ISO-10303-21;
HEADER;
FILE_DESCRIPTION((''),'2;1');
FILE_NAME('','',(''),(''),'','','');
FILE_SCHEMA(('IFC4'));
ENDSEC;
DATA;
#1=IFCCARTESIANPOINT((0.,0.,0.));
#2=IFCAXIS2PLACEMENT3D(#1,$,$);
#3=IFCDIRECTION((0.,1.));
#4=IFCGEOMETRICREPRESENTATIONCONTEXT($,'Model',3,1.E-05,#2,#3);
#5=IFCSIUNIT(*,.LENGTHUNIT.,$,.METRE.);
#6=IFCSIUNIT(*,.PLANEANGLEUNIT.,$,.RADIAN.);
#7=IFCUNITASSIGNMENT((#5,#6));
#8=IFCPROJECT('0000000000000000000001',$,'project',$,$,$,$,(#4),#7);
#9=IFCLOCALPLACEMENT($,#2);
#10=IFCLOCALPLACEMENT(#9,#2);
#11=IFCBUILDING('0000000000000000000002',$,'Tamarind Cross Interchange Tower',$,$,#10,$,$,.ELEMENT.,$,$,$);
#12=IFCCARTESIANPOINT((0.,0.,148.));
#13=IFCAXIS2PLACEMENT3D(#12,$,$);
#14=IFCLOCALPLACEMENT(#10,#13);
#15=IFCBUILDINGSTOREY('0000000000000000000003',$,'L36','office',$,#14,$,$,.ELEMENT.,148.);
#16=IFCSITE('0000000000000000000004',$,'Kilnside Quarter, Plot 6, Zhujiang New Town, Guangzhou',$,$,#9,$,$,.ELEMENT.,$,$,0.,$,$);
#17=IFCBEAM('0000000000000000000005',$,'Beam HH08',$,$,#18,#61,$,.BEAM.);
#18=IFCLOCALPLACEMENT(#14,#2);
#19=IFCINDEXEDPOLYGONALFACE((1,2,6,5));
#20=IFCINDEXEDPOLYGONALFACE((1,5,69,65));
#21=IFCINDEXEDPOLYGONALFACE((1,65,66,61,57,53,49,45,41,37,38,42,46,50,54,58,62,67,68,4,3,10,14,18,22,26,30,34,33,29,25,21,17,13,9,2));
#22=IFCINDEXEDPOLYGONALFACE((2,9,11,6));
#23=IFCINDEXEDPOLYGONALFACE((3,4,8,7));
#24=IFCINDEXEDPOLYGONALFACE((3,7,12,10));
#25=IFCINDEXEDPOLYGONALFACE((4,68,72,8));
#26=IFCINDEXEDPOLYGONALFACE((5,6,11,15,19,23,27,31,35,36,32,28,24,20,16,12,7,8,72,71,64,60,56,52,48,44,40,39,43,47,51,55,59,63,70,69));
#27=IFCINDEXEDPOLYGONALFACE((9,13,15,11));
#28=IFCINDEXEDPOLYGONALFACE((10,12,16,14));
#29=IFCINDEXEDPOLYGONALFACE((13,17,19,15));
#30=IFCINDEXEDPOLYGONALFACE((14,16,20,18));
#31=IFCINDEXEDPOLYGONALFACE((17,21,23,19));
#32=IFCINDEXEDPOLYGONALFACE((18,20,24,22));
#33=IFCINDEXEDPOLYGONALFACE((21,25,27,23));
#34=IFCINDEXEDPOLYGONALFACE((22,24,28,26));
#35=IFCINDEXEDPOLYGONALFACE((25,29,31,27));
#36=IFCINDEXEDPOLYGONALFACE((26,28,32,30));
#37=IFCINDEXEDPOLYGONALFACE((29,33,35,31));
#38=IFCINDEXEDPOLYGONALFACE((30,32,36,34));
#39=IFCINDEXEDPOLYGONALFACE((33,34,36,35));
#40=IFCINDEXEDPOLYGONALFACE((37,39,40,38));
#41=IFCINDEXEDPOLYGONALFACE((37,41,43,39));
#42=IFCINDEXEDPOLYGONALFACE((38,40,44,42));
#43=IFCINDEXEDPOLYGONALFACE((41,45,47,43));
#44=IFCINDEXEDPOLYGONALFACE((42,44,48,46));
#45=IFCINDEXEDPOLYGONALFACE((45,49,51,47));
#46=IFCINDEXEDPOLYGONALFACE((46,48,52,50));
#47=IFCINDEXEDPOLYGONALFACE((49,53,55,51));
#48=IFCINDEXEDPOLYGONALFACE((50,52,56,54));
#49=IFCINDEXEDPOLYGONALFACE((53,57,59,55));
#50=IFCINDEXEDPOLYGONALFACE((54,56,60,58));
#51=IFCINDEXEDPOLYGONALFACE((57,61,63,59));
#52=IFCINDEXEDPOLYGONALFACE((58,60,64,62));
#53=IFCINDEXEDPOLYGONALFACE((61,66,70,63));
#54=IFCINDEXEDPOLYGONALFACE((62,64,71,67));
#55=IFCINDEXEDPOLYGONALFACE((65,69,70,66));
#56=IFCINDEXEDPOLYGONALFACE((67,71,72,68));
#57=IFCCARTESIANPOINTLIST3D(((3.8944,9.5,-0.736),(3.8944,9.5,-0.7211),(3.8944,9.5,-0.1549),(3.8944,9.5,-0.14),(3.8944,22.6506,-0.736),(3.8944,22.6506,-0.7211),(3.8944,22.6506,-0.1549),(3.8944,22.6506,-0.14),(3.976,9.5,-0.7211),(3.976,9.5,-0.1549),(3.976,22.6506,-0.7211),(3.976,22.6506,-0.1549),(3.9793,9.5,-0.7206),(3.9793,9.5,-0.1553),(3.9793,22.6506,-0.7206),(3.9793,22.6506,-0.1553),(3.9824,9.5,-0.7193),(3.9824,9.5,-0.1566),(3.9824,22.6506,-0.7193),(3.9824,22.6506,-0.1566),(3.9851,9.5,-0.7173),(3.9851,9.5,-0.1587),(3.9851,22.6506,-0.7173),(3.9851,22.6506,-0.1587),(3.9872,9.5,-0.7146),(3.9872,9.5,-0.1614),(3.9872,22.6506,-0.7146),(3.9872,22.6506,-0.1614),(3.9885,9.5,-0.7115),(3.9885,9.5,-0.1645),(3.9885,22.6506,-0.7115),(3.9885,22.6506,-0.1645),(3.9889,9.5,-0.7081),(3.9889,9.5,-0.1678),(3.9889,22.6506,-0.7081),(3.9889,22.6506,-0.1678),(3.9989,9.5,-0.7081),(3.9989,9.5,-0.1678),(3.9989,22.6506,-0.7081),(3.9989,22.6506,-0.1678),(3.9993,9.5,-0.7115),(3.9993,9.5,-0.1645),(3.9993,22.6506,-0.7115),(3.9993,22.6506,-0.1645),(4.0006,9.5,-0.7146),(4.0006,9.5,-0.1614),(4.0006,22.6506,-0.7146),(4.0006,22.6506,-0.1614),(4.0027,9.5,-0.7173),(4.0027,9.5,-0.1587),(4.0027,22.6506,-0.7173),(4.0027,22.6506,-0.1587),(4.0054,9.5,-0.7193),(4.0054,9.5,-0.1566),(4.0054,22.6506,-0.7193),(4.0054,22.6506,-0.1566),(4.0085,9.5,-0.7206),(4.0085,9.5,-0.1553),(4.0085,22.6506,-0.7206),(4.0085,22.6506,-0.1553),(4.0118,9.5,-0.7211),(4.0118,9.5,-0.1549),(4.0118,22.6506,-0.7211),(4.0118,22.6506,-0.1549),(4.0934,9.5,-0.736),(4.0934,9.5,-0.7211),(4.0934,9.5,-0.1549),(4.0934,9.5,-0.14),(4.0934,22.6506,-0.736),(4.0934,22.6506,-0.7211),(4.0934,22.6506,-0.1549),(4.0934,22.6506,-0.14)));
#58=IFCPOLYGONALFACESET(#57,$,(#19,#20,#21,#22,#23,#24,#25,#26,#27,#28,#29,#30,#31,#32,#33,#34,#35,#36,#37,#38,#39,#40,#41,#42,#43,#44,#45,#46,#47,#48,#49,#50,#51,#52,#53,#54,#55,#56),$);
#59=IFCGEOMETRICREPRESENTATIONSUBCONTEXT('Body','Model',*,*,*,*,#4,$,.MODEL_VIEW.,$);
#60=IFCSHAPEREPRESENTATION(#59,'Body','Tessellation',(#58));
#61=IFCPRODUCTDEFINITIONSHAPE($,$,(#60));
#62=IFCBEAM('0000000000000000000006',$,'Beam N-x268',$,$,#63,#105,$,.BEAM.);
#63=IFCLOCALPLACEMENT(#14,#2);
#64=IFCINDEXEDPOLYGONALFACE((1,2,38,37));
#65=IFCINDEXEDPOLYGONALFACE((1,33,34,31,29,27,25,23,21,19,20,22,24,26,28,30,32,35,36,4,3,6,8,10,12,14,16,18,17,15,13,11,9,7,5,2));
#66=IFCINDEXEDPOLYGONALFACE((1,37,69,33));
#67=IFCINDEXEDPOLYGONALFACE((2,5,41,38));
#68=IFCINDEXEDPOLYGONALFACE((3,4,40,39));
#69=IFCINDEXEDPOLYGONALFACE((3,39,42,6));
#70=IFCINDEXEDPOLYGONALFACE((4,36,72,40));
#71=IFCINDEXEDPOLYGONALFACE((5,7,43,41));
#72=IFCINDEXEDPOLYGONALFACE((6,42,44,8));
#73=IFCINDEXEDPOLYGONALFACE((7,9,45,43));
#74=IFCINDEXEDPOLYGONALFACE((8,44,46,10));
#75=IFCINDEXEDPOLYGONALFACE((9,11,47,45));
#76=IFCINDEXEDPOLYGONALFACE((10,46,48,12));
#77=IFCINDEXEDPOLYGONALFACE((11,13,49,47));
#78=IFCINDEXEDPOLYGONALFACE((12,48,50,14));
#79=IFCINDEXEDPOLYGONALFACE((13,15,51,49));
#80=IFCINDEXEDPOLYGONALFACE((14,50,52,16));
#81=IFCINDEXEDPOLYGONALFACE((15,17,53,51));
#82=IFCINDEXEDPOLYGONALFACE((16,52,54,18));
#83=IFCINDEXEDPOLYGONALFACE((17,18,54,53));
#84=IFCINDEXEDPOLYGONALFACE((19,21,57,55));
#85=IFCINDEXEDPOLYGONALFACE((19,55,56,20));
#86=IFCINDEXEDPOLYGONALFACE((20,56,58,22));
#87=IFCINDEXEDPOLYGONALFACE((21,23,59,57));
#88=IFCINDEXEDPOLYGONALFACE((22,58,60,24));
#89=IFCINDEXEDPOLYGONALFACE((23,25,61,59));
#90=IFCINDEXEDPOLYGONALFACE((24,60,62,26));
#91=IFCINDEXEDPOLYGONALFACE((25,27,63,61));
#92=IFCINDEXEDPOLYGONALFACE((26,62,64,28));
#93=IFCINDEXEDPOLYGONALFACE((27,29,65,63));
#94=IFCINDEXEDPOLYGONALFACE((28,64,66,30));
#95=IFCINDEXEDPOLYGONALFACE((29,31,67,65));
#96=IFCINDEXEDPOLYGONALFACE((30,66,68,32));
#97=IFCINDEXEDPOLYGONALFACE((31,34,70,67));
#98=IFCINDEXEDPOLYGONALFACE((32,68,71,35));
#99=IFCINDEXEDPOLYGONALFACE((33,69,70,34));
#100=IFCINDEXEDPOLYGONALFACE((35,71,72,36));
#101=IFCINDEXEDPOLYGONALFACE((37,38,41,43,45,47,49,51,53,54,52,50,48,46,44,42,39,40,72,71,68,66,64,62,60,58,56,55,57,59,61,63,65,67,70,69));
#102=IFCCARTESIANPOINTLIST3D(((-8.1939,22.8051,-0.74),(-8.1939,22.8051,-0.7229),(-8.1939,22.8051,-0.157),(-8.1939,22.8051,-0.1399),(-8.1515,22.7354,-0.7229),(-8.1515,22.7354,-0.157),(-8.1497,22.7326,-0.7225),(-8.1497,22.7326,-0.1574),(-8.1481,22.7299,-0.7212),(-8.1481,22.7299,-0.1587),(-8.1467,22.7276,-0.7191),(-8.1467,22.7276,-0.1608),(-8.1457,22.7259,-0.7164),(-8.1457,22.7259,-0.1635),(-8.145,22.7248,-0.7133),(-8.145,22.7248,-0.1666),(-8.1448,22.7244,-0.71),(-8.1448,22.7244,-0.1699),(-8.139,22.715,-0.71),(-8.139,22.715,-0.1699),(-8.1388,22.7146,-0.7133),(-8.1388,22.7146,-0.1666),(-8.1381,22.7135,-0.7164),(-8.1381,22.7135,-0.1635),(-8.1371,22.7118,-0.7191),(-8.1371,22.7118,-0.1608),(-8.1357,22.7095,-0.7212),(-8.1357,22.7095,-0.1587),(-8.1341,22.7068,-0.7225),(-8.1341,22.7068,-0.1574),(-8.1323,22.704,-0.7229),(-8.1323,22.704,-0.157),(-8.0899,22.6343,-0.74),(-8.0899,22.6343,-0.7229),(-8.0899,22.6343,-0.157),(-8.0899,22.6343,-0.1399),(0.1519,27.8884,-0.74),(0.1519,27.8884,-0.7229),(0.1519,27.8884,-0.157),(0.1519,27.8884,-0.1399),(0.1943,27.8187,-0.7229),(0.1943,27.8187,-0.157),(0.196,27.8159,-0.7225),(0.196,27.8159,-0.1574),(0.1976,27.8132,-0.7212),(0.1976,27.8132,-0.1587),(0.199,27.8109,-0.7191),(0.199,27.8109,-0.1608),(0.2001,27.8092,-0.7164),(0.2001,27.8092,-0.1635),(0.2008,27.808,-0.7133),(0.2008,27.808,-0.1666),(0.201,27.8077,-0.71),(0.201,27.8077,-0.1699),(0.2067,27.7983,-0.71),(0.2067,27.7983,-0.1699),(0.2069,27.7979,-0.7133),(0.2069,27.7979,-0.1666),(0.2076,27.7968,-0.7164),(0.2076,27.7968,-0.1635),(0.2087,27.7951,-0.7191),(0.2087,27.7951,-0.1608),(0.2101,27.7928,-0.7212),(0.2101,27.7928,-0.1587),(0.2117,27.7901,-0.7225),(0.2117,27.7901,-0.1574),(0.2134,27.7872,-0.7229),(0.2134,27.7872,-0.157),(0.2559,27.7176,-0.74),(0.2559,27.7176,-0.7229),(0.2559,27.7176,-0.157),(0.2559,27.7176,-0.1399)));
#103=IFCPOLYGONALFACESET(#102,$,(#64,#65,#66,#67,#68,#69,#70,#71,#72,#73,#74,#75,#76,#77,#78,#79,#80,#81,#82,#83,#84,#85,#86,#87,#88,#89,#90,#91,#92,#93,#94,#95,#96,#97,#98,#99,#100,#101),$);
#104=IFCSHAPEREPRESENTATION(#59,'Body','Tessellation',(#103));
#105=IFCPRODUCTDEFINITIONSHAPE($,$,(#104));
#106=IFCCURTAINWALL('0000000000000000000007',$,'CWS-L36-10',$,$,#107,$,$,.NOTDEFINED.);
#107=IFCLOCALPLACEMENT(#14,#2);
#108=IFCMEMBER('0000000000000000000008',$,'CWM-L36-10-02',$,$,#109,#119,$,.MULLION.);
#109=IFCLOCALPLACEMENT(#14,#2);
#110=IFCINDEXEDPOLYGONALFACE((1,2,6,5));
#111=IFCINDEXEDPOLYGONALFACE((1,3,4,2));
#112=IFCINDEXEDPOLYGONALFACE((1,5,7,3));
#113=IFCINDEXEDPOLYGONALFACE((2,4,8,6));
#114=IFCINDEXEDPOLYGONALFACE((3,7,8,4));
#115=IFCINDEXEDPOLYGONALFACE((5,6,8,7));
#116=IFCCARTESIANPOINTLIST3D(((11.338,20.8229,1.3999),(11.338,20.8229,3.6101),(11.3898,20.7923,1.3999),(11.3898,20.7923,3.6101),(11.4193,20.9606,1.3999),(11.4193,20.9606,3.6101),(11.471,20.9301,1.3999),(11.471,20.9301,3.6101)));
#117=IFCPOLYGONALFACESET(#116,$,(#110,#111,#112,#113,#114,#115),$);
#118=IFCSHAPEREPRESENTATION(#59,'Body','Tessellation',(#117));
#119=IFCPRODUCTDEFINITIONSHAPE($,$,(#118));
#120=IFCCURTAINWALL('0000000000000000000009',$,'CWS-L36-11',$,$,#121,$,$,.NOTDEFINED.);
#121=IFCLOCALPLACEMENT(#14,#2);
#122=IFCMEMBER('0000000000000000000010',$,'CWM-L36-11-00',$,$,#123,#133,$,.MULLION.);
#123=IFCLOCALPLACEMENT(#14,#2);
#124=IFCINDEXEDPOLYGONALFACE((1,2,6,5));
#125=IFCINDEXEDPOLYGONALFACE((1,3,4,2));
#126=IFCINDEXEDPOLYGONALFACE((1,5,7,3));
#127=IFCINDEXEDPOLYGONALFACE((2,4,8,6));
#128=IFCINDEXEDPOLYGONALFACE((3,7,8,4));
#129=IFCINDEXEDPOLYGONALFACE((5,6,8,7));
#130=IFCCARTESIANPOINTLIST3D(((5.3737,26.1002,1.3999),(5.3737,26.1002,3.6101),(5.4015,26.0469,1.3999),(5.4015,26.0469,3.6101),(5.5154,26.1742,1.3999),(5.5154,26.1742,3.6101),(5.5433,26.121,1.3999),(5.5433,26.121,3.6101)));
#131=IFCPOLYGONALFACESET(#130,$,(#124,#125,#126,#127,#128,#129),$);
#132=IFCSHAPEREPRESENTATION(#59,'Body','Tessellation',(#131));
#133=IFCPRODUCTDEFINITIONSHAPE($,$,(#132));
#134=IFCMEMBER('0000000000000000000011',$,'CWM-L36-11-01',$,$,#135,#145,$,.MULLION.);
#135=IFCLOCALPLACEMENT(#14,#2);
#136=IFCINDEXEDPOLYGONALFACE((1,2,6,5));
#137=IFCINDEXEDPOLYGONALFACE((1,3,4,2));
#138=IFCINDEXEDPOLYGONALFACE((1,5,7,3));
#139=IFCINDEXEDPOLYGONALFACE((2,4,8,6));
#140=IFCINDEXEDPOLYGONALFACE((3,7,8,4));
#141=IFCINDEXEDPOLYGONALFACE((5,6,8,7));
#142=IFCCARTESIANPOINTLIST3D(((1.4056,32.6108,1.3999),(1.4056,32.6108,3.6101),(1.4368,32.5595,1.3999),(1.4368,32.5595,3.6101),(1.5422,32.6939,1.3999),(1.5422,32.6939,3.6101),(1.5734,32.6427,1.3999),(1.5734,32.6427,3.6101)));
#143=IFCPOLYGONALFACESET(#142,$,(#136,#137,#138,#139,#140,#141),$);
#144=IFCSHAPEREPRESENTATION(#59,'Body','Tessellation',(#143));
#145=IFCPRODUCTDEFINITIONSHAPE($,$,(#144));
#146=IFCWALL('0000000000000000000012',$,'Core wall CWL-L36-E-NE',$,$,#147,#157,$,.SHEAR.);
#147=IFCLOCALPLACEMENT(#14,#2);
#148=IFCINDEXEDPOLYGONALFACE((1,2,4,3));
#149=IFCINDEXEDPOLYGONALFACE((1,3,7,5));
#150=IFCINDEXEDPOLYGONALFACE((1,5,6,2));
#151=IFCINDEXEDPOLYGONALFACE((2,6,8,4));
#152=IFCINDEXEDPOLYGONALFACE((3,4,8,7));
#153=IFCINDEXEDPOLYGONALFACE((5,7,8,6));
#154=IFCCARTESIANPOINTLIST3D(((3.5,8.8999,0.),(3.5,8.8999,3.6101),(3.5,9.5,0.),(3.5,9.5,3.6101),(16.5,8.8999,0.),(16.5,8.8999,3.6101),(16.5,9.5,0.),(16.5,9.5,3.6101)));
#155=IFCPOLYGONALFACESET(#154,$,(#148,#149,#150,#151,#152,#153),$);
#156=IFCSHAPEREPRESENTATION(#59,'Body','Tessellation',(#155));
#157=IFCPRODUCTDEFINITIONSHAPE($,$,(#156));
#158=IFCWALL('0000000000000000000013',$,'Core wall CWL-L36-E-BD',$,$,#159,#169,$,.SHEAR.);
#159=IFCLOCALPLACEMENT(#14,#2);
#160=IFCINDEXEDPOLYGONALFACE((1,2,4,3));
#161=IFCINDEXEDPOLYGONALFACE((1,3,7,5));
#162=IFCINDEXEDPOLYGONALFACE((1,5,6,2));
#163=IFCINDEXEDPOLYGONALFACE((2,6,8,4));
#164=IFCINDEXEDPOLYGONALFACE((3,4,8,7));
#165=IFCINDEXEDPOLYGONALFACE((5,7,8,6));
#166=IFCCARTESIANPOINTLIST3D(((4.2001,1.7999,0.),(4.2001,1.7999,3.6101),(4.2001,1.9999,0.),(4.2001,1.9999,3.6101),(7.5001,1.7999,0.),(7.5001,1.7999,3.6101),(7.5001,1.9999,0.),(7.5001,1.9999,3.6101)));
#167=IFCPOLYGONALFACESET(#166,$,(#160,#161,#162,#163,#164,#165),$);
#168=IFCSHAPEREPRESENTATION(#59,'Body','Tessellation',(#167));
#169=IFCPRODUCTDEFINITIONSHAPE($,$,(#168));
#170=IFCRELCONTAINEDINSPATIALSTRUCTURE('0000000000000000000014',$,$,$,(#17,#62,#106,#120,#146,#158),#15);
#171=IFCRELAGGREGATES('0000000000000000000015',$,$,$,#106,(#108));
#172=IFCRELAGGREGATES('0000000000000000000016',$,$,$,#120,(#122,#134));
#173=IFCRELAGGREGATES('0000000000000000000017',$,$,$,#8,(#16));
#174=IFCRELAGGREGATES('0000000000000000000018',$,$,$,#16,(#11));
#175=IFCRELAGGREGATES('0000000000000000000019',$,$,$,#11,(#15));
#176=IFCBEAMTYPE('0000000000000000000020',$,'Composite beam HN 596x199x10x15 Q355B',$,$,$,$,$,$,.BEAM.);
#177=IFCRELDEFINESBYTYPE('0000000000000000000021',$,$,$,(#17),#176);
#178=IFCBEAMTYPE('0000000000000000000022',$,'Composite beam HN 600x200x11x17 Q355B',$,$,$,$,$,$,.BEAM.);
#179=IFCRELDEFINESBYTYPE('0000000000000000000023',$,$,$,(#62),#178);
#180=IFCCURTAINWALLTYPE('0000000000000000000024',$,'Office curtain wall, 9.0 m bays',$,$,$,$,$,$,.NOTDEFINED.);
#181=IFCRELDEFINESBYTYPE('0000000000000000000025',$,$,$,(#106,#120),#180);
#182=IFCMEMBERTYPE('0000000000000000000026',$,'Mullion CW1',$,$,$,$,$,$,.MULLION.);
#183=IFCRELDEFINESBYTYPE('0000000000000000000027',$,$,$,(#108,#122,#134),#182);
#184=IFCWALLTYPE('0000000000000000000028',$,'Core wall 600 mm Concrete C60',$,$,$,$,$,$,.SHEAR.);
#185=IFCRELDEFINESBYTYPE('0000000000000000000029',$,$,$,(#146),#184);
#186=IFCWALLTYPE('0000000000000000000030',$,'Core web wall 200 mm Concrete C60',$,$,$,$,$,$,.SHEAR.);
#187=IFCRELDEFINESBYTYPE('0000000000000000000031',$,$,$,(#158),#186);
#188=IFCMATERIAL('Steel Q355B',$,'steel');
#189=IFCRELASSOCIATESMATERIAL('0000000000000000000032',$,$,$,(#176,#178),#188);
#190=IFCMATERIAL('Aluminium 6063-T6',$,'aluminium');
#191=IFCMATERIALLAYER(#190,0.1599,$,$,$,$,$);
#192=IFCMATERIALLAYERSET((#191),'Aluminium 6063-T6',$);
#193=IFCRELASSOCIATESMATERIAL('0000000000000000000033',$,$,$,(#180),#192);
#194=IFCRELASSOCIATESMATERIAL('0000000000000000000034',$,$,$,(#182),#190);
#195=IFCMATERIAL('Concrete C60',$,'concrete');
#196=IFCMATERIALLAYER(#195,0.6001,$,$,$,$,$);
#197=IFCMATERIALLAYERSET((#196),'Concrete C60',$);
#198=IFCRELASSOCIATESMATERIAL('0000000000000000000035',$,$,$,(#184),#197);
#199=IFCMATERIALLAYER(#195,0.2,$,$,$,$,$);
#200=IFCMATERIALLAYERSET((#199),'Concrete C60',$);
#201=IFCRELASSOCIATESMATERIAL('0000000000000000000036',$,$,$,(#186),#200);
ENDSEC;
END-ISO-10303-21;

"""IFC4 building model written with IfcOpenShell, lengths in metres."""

from ifc_helpers import new_model, si_unit, direction, frame, frame_2d, origin, origin_2d, place, context, subcontext, project, spatial, rectangle, i_section, extrude, material, layer, layer_set, material_profile, profile_set, type_object, element, aggregate, save


model = new_model("IFC4")

# Units and contexts
model_context = context("Model", 3, precision=1e-05, world=origin(), true_north=direction((0.0, 1.0)))
body_context = subcontext(model_context, "Body", "Model", "MODEL_VIEW")
ifc_project = project(units=[si_unit("LENGTHUNIT", "METRE"), si_unit("PLANEANGLEUNIT", "RADIAN")], contexts=[model_context])

# Site, building, storey
site_placement = place(None, origin())
site = spatial("IfcSite", under=ifc_project, at=site_placement, Name="Kilnside Quarter, Plot 6, Zhujiang New Town, Guangzhou", CompositionType="ELEMENT", RefElevation=0.0)
building_placement = place(site_placement, origin())
building = spatial("IfcBuilding", under=site, at=building_placement, Name="Tamarind Cross Interchange Tower", CompositionType="ELEMENT")
storey_placement = place(building_placement, frame((0.0, 0.0, 148.0)))
storey = spatial("IfcBuildingStorey", under=building, at=storey_placement, Name="L36", Description="office", CompositionType="ELEMENT", Elevation=148.0)

# Shared definitions
ifc_material_1 = material(Name="Concrete C60", Category="concrete")

# Beams
ifc_material_2 = material(Name="Steel Q355B", Category="steel")
ifc_material_profile_1 = material_profile(ifc_material_2, i_section(OverallWidth=0.199, OverallDepth=0.5959, WebThickness=0.01, FlangeThickness=0.0149, FilletRadius=0.0129, at=origin_2d()), Name="HN 596x199x10x15")
ifc_profile_set_1 = profile_set([ifc_material_profile_1], Name="Steel Q355B")
beam_type_1 = type_object("IfcBeamType", Name="Composite beam HN 596x199x10x15 Q355B", PredefinedType="BEAM", material=ifc_profile_set_1)
beam_1_placement = place(storey_placement, frame((3.9939, 22.6506, -0.438), z_axis=(0.0, -1.0, 0.0), x_axis=(1.0, 0.0, 0.0)))
element("IfcBeam", 1, at=beam_1_placement, inside=storey, type_object=beam_type_1, Name="Beam HH08", PredefinedType="BEAM", context=body_context, shape_type="SweptSolid", body=[
    extrude(i_section(OverallWidth=0.199, OverallDepth=0.5959, WebThickness=0.01, FlangeThickness=0.0149, FilletRadius=0.0129, at=origin_2d()), origin(), (0.0, 0.0, 1.0), 13.1506),
])
ifc_material_profile_2 = material_profile(ifc_material_2, i_section(OverallWidth=0.2, OverallDepth=0.6001, WebThickness=0.011, FlangeThickness=0.0171, FilletRadius=0.0129, at=origin_2d()), Name="HN 600x200x11x17")
ifc_profile_set_2 = profile_set([ifc_material_profile_2], Name="Steel Q355B")
beam_type_2 = type_object("IfcBeamType", Name="Composite beam HN 600x200x11x17 Q355B", PredefinedType="BEAM", material=ifc_profile_set_2)
beam_2_placement = place(storey_placement, frame((0.2039, 27.803, -0.4399), z_axis=(-0.85405, -0.52019, 0.0), x_axis=(0.52019, -0.85405, 0.0)))
element("IfcBeam", 2, at=beam_2_placement, inside=storey, type_object=beam_type_2, Name="Beam N-x268", PredefinedType="BEAM", context=body_context, shape_type="SweptSolid", body=[
    extrude(i_section(OverallWidth=0.2, OverallDepth=0.6001, WebThickness=0.011, FlangeThickness=0.0171, FilletRadius=0.0129, at=origin_2d()), origin(), (0.0, 0.0, 1.0), 9.772),
])

# Curtain wall, member
ifc_material_3 = material(Name="Aluminium 6063-T6", Category="aluminium")
ifc_layer_1 = layer(ifc_material_3, 0.1599)
ifc_layer_set_1 = layer_set([ifc_layer_1], Name="Aluminium 6063-T6")
curtain_wall_type = type_object("IfcCurtainWallType", Name="Office curtain wall, 9.0 m bays", PredefinedType="NOTDEFINED", material=ifc_layer_set_1)
curtain_wall_1_placement = place(storey_placement, origin())
curtain_wall_1 = element("IfcCurtainWall", 3, at=curtain_wall_1_placement, inside=storey, type_object=curtain_wall_type, Name="CWS-L36-10", PredefinedType="NOTDEFINED")
ifc_material_profile_3 = material_profile(ifc_material_3, rectangle(XDim=0.0601, YDim=0.1599, at=origin_2d()), Name="Mullion CW1")
ifc_profile_set_3 = profile_set([ifc_material_profile_3], Name="Aluminium 6063-T6")
member_type = type_object("IfcMemberType", Name="Mullion CW1", PredefinedType="MULLION", material=ifc_profile_set_3)
member_1_placement = place(storey_placement, frame((11.4045, 20.8765, 1.3999), z_axis=(0.0, 0.0, 1.0), x_axis=(-0.861249, 0.508183, 0.0)))
member_1 = element("IfcMember", 4, at=member_1_placement, type_object=member_type, Name="CWM-L36-10-02", PredefinedType="MULLION", context=body_context, shape_type="SweptSolid", body=[
    extrude(rectangle(XDim=0.0601, YDim=0.1599, at=origin_2d()), origin(), (0.0, 0.0, 1.0), 2.2102),
])
aggregate(curtain_wall_1, [member_1])

# Curtain wall, members
curtain_wall_2_placement = place(storey_placement, origin())
curtain_wall_2 = element("IfcCurtainWall", 5, at=curtain_wall_2_placement, inside=storey, type_object=curtain_wall_type, Name="CWS-L36-11", PredefinedType="NOTDEFINED")
member_2_placement = place(storey_placement, frame((5.4585, 26.1106, 1.3999), z_axis=(0.0, 0.0, 1.0), x_axis=(-0.463203, 0.886252, 0.0)))
member_2 = element("IfcMember", 6, at=member_2_placement, type_object=member_type, Name="CWM-L36-11-00", PredefinedType="MULLION", context=body_context, shape_type="SweptSolid", body=[
    extrude(rectangle(XDim=0.0601, YDim=0.1599, at=origin_2d()), origin(), (0.0, 0.0, 1.0), 2.2102),
])
member_3_placement = place(storey_placement, frame((1.4895, 32.6267, 1.3999), z_axis=(0.0, 0.0, 1.0), x_axis=(-0.520175, 0.85406, 0.0)))
member_3 = element("IfcMember", 7, at=member_3_placement, type_object=member_type, Name="CWM-L36-11-01", PredefinedType="MULLION", context=body_context, shape_type="SweptSolid", body=[
    extrude(rectangle(XDim=0.0601, YDim=0.1599, at=origin_2d()), origin(), (0.0, 0.0, 1.0), 2.2102),
])
aggregate(curtain_wall_2, [member_2, member_3])

# Walls
ifc_layer_2 = layer(ifc_material_1, 0.6001)
ifc_layer_set_2 = layer_set([ifc_layer_2], Name="Concrete C60")
wall_type_1 = type_object("IfcWallType", Name="Core wall 600 mm Concrete C60", PredefinedType="SHEAR", material=ifc_layer_set_2)
wall_1_placement = place(storey_placement, frame((16.5, 9.2, 0.0), z_axis=(0.0, 0.0, 1.0), x_axis=(-1.0, 0.0, 0.0)))
element("IfcWall", 8, at=wall_1_placement, inside=storey, type_object=wall_type_1, Name="Core wall CWL-L36-E-NE", PredefinedType="SHEAR", context=body_context, shape_type="SweptSolid", body=[
    extrude(rectangle(XDim=13.0, YDim=0.6001, at=frame_2d((6.5, 0.0))), origin(), (0.0, 0.0, 1.0), 3.6101),
])
ifc_layer_3 = layer(ifc_material_1, 0.2)
ifc_layer_set_3 = layer_set([ifc_layer_3], Name="Concrete C60")
wall_type_2 = type_object("IfcWallType", Name="Core web wall 200 mm Concrete C60", PredefinedType="SHEAR", material=ifc_layer_set_3)
wall_2_placement = place(storey_placement, frame((7.5, 1.8999, 0.0), z_axis=(0.0, 0.0, 1.0), x_axis=(-1.0, 0.0, 0.0)))
element("IfcWall", 9, at=wall_2_placement, inside=storey, type_object=wall_type_2, Name="Core wall CWL-L36-E-BD", PredefinedType="SHEAR", context=body_context, shape_type="SweptSolid", body=[
    extrude(rectangle(XDim=3.3, YDim=0.2, at=frame_2d((1.6499, 0.0))), origin(), (0.0, 0.0, 1.0), 3.6101),
])

save(model, "model.ifc")
